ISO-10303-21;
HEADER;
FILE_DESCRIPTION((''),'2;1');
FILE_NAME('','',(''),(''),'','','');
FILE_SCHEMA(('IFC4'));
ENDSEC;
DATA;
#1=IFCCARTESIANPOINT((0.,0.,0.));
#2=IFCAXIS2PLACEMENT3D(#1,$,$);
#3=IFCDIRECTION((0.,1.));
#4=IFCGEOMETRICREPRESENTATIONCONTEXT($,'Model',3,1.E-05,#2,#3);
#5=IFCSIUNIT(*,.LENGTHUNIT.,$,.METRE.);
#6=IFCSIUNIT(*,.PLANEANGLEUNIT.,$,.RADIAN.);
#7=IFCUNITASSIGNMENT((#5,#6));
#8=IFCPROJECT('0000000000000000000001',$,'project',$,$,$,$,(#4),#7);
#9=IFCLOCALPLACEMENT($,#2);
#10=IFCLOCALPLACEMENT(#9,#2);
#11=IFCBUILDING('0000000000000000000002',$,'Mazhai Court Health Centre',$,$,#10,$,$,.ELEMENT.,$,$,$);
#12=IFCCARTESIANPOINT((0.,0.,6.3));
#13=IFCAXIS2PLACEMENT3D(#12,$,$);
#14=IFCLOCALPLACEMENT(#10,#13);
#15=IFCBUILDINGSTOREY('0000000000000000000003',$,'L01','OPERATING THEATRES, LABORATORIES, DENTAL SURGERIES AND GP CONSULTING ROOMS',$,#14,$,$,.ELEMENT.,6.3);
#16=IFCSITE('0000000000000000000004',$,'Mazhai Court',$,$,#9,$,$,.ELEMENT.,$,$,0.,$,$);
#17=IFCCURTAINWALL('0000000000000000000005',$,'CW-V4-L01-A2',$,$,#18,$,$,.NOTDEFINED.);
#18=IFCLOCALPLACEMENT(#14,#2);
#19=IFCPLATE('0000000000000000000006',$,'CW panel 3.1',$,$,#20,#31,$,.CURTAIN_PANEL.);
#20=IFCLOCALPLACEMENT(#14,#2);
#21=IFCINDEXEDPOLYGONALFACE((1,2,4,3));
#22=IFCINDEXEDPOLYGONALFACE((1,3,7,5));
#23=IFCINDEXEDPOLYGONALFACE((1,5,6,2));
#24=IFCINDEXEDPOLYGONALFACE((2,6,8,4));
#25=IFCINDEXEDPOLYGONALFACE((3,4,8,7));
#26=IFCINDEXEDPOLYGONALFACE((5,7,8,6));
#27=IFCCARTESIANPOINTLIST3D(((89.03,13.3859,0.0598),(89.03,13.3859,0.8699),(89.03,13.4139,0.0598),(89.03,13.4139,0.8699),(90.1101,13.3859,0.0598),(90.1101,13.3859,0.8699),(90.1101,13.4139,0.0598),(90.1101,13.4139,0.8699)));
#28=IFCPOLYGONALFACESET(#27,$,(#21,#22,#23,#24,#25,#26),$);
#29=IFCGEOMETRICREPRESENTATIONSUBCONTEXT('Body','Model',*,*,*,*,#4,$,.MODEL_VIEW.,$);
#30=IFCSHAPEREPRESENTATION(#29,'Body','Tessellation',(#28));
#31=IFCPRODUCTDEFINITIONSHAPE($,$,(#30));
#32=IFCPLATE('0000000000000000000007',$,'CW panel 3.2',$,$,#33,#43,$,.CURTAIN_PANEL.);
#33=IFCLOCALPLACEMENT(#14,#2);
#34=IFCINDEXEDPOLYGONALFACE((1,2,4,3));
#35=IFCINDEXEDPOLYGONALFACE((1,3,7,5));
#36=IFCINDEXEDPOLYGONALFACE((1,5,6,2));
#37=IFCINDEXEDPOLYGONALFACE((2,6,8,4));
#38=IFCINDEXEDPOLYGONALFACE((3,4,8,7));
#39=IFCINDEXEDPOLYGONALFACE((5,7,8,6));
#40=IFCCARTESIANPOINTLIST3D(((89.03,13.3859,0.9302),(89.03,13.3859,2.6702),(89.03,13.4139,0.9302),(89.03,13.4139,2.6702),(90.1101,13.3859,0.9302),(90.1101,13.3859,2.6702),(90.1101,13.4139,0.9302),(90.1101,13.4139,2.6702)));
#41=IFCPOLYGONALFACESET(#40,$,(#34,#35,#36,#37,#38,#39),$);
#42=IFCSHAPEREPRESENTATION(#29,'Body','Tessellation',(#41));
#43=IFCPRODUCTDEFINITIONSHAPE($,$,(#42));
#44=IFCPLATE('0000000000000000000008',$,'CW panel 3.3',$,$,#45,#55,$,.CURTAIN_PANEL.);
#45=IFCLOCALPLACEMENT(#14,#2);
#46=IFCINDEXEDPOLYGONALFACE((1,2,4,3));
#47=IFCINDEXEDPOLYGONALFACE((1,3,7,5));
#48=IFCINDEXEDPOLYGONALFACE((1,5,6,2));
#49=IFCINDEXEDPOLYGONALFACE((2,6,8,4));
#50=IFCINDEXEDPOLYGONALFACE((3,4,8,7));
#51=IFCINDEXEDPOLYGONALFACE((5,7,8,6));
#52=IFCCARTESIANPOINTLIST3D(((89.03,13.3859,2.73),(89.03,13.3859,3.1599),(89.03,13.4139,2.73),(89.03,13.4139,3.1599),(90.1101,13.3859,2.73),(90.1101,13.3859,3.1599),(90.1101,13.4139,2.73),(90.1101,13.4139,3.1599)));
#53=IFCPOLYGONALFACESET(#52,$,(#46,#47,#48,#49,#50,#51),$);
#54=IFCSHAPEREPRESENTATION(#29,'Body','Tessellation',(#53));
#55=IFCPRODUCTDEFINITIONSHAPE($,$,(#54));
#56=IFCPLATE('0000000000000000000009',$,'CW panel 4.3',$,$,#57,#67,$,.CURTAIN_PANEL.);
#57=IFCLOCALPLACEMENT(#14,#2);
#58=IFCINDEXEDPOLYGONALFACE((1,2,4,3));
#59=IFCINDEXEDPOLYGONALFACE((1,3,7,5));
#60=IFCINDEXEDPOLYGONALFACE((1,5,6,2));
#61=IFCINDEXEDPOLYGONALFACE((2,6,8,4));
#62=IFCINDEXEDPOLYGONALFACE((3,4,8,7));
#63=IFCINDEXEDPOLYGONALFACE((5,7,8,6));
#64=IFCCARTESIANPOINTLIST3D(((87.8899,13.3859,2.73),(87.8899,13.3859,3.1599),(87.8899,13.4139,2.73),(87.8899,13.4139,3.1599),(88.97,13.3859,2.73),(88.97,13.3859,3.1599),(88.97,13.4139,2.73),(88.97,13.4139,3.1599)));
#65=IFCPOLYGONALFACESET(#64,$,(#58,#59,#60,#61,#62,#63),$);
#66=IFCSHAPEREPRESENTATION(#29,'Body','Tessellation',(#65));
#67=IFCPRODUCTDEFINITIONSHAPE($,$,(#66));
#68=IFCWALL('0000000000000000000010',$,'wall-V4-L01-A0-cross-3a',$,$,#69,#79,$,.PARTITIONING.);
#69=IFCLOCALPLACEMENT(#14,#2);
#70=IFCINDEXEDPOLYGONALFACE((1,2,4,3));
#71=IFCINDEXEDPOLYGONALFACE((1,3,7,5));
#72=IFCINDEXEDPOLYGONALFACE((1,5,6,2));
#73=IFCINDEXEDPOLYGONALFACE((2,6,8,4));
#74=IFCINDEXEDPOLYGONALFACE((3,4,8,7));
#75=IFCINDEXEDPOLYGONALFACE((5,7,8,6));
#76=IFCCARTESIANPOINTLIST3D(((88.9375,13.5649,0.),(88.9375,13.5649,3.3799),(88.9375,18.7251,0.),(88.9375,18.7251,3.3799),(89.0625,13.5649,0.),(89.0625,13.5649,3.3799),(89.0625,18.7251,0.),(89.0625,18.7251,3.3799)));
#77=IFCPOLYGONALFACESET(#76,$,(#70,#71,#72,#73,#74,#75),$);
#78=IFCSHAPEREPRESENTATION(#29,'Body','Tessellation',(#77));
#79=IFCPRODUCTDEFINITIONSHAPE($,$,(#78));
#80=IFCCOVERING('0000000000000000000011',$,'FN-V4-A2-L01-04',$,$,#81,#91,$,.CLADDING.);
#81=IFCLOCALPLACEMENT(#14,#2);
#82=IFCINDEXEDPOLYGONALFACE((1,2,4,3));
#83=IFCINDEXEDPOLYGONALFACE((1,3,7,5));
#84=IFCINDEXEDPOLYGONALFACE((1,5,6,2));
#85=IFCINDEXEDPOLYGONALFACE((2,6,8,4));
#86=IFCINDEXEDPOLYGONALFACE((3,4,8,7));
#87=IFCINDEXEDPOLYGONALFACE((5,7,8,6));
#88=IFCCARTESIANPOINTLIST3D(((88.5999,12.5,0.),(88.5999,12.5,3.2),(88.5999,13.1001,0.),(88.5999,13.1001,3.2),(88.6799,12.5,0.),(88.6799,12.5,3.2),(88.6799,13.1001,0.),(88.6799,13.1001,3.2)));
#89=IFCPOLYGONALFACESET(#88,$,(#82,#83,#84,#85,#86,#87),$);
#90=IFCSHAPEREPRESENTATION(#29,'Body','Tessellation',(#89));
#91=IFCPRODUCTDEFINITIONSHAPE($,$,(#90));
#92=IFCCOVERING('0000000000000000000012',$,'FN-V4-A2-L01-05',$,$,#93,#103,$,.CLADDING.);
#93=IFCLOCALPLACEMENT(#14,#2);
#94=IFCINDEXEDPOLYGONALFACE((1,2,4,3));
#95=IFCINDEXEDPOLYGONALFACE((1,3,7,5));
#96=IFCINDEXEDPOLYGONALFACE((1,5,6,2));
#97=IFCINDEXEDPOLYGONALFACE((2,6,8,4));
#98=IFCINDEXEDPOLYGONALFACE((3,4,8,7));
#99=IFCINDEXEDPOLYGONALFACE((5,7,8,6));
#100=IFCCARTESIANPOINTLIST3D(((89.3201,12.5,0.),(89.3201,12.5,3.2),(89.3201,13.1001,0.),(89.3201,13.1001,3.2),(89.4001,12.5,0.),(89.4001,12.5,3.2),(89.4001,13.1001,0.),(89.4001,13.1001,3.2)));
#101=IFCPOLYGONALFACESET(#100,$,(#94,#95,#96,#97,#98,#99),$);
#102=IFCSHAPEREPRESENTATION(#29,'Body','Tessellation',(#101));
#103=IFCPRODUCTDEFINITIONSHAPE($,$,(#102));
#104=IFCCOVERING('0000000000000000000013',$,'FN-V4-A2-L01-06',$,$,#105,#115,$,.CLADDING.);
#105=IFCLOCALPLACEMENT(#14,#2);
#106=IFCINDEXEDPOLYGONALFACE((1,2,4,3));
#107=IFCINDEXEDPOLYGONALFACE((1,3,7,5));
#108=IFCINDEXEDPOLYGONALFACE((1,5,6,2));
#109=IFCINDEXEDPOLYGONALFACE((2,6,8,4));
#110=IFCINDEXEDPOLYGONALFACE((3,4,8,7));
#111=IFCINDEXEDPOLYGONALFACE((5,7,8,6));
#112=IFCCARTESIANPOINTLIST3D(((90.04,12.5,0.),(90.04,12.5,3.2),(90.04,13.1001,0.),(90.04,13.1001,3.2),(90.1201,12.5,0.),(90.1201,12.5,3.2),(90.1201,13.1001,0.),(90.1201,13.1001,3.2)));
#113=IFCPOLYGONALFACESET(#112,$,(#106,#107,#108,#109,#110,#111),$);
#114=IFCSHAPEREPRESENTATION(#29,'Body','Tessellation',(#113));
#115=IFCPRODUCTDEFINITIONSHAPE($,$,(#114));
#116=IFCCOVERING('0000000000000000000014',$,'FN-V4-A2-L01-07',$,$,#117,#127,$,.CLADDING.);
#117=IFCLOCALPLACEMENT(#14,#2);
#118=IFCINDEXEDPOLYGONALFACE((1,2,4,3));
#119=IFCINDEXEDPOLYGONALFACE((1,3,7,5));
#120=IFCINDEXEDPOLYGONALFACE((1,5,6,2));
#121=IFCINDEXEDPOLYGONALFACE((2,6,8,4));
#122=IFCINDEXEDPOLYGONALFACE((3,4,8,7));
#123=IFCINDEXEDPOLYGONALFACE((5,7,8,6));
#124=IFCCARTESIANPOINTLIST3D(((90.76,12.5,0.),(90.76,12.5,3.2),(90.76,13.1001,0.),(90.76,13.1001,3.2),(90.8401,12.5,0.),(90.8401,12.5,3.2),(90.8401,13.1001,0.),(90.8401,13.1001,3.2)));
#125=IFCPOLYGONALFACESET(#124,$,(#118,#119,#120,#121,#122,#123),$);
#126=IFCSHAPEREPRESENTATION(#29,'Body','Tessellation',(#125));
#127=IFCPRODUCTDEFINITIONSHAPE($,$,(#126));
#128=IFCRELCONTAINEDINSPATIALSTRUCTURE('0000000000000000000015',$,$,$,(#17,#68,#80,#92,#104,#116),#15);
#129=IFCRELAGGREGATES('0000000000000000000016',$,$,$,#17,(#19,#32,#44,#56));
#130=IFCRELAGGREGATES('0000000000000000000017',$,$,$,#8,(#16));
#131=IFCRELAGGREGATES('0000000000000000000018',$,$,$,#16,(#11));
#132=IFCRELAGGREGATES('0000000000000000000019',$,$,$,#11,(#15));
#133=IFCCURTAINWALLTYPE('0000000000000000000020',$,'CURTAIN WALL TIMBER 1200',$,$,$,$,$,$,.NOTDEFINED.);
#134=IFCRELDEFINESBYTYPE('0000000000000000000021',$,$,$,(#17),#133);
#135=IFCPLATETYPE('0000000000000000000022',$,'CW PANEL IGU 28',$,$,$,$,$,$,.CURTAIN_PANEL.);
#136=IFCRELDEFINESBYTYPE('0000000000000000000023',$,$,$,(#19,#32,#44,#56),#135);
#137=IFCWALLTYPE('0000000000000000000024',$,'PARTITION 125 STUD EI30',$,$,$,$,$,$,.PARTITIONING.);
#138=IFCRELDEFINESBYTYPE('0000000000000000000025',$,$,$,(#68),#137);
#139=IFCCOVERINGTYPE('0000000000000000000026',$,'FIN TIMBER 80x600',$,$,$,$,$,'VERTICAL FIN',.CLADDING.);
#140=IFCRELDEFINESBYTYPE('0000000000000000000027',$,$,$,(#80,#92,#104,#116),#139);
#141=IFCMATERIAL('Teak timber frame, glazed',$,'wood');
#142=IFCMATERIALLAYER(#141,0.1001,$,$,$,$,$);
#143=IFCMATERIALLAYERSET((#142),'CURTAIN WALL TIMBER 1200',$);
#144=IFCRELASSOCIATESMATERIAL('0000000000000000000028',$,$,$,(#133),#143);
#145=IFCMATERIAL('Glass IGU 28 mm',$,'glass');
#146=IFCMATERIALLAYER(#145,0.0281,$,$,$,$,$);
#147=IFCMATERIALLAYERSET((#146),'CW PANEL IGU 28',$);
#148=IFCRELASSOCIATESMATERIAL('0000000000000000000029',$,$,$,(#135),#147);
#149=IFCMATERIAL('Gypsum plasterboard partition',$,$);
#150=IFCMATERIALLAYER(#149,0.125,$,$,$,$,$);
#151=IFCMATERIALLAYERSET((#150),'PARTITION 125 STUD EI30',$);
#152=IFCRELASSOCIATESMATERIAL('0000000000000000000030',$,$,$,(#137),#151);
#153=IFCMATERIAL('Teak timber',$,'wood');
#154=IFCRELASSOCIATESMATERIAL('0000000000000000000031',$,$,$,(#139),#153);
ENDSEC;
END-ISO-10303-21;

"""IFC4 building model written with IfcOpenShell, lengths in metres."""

from ifc_helpers import new_model, si_unit, direction, frame, frame_2d, origin, origin_2d, place, context, subcontext, project, spatial, rectangle, extrude, material, layer, layer_set, type_object, element, aggregate, save


model = new_model("IFC4")

# Units and contexts
model_context = context("Model", 3, precision=1e-05, world=origin(), true_north=direction((0.0, 1.0)))
body_context = subcontext(model_context, "Body", "Model", "MODEL_VIEW")
ifc_project = project(units=[si_unit("LENGTHUNIT", "METRE"), si_unit("PLANEANGLEUNIT", "RADIAN")], contexts=[model_context])

# Site, building, storey
site_placement = place(None, origin())
site = spatial("IfcSite", under=ifc_project, at=site_placement, Name="Mazhai Court", CompositionType="ELEMENT", RefElevation=0.0)
building_placement = place(site_placement, origin())
building = spatial("IfcBuilding", under=site, at=building_placement, Name="Mazhai Court Health Centre", CompositionType="ELEMENT")
storey_placement = place(building_placement, frame((0.0, 0.0, 6.3)))
storey = spatial("IfcBuildingStorey", under=building, at=storey_placement, Name="L01", Description="OPERATING THEATRES, LABORATORIES, DENTAL SURGERIES AND GP CONSULTING ROOMS", CompositionType="ELEMENT", Elevation=6.3)

# Curtain wall, plates
ifc_material_1 = material(Name="Teak timber frame, glazed", Category="wood")
ifc_layer_1 = layer(ifc_material_1, 0.1001)
ifc_layer_set_1 = layer_set([ifc_layer_1], Name="CURTAIN WALL TIMBER 1200")
curtain_wall_type = type_object("IfcCurtainWallType", Name="CURTAIN WALL TIMBER 1200", PredefinedType="NOTDEFINED", material=ifc_layer_set_1)
curtain_wall_placement = place(storey_placement, origin())
curtain_wall = element("IfcCurtainWall", 1, at=curtain_wall_placement, inside=storey, type_object=curtain_wall_type, Name="CW-V4-L01-A2", PredefinedType="NOTDEFINED")
ifc_material_2 = material(Name="Glass IGU 28 mm", Category="glass")
ifc_layer_2 = layer(ifc_material_2, 0.0281)
ifc_layer_set_2 = layer_set([ifc_layer_2], Name="CW PANEL IGU 28")
plate_type = type_object("IfcPlateType", Name="CW PANEL IGU 28", PredefinedType="CURTAIN_PANEL", material=ifc_layer_set_2)
plate_1_placement = place(storey_placement, frame((89.5701, 13.3999, 0.0598), z_axis=(0.0, 0.0, 1.0), x_axis=(-1.0, 0.0, 0.0)))
plate_1 = element("IfcPlate", 2, at=plate_1_placement, type_object=plate_type, Name="CW panel 3.1", PredefinedType="CURTAIN_PANEL", context=body_context, shape_type="SweptSolid", body=[
    extrude(rectangle(XDim=1.0801, YDim=0.0281, at=origin_2d()), origin(), (0.0, 0.0, 1.0), 0.8101),
])
plate_2_placement = place(storey_placement, frame((89.5701, 13.3999, 0.9302), z_axis=(0.0, 0.0, 1.0), x_axis=(-1.0, 0.0, 0.0)))
plate_2 = element("IfcPlate", 3, at=plate_2_placement, type_object=plate_type, Name="CW panel 3.2", PredefinedType="CURTAIN_PANEL", context=body_context, shape_type="SweptSolid", body=[
    extrude(rectangle(XDim=1.0801, YDim=0.0281, at=origin_2d()), origin(), (0.0, 0.0, 1.0), 1.74),
])
plate_3_placement = place(storey_placement, frame((89.5701, 13.3999, 2.73), z_axis=(0.0, 0.0, 1.0), x_axis=(-1.0, 0.0, 0.0)))
plate_3 = element("IfcPlate", 4, at=plate_3_placement, type_object=plate_type, Name="CW panel 3.3", PredefinedType="CURTAIN_PANEL", context=body_context, shape_type="SweptSolid", body=[
    extrude(rectangle(XDim=1.0801, YDim=0.0281, at=origin_2d()), origin(), (0.0, 0.0, 1.0), 0.4299),
])
plate_4_placement = place(storey_placement, frame((88.4299, 13.3999, 2.73), z_axis=(0.0, 0.0, 1.0), x_axis=(-1.0, 0.0, 0.0)))
plate_4 = element("IfcPlate", 5, at=plate_4_placement, type_object=plate_type, Name="CW panel 4.3", PredefinedType="CURTAIN_PANEL", context=body_context, shape_type="SweptSolid", body=[
    extrude(rectangle(XDim=1.0801, YDim=0.0281, at=origin_2d()), origin(), (0.0, 0.0, 1.0), 0.4299),
])
aggregate(curtain_wall, [plate_1, plate_2, plate_3, plate_4])

# Wall
ifc_material_3 = material(Name="Gypsum plasterboard partition")
ifc_layer_3 = layer(ifc_material_3, 0.125)
ifc_layer_set_3 = layer_set([ifc_layer_3], Name="PARTITION 125 STUD EI30")
wall_type = type_object("IfcWallType", Name="PARTITION 125 STUD EI30", PredefinedType="PARTITIONING", material=ifc_layer_set_3)
wall_placement = place(storey_placement, frame((89.0, 13.5649, 0.0), z_axis=(0.0, 0.0, 1.0), x_axis=(0.0, 1.0, 0.0)))
element("IfcWall", 6, at=wall_placement, inside=storey, type_object=wall_type, Name="wall-V4-L01-A0-cross-3a", PredefinedType="PARTITIONING", context=body_context, shape_type="SweptSolid", body=[
    extrude(rectangle(XDim=5.1602, YDim=0.125, at=frame_2d((2.5801, 0.0))), origin(), (0.0, 0.0, 1.0), 3.3799),
])

# Coverings
ifc_material_4 = material(Name="Teak timber", Category="wood")
covering_type = type_object("IfcCoveringType", Name="FIN TIMBER 80x600", ElementType="VERTICAL FIN", PredefinedType="CLADDING", material=ifc_material_4)
for number, where, z_axis, x_axis, name in (
    (7, (88.6399, 12.8, 0.0), (0.0, 0.0, 1.0), (1.0, 0.0, 0.0), "FN-V4-A2-L01-04"),
    (8, (89.3601, 12.8, 0.0), (0.0, 0.0, 1.0), (1.0, 0.0, 0.0), "FN-V4-A2-L01-05"),
    (9, (90.0801, 12.8, 0.0), (0.0, 0.0, 1.0), (1.0, 0.0, 0.0), "FN-V4-A2-L01-06"),
    (10, (90.8, 12.8, 0.0), (0.0, 0.0, 1.0), (1.0, 0.0, 0.0), "FN-V4-A2-L01-07"),
):
    element("IfcCovering", number, at=place(storey_placement, frame(where, z_axis=z_axis, x_axis=x_axis)), inside=storey, type_object=covering_type, Name=name, PredefinedType="CLADDING", context=body_context, shape_type="SweptSolid", body=[
        extrude(rectangle(XDim=0.0801, YDim=0.6001, at=origin_2d()), origin(), (0.0, 0.0, 1.0), 3.2),
    ])

save(model, "model.ifc")
